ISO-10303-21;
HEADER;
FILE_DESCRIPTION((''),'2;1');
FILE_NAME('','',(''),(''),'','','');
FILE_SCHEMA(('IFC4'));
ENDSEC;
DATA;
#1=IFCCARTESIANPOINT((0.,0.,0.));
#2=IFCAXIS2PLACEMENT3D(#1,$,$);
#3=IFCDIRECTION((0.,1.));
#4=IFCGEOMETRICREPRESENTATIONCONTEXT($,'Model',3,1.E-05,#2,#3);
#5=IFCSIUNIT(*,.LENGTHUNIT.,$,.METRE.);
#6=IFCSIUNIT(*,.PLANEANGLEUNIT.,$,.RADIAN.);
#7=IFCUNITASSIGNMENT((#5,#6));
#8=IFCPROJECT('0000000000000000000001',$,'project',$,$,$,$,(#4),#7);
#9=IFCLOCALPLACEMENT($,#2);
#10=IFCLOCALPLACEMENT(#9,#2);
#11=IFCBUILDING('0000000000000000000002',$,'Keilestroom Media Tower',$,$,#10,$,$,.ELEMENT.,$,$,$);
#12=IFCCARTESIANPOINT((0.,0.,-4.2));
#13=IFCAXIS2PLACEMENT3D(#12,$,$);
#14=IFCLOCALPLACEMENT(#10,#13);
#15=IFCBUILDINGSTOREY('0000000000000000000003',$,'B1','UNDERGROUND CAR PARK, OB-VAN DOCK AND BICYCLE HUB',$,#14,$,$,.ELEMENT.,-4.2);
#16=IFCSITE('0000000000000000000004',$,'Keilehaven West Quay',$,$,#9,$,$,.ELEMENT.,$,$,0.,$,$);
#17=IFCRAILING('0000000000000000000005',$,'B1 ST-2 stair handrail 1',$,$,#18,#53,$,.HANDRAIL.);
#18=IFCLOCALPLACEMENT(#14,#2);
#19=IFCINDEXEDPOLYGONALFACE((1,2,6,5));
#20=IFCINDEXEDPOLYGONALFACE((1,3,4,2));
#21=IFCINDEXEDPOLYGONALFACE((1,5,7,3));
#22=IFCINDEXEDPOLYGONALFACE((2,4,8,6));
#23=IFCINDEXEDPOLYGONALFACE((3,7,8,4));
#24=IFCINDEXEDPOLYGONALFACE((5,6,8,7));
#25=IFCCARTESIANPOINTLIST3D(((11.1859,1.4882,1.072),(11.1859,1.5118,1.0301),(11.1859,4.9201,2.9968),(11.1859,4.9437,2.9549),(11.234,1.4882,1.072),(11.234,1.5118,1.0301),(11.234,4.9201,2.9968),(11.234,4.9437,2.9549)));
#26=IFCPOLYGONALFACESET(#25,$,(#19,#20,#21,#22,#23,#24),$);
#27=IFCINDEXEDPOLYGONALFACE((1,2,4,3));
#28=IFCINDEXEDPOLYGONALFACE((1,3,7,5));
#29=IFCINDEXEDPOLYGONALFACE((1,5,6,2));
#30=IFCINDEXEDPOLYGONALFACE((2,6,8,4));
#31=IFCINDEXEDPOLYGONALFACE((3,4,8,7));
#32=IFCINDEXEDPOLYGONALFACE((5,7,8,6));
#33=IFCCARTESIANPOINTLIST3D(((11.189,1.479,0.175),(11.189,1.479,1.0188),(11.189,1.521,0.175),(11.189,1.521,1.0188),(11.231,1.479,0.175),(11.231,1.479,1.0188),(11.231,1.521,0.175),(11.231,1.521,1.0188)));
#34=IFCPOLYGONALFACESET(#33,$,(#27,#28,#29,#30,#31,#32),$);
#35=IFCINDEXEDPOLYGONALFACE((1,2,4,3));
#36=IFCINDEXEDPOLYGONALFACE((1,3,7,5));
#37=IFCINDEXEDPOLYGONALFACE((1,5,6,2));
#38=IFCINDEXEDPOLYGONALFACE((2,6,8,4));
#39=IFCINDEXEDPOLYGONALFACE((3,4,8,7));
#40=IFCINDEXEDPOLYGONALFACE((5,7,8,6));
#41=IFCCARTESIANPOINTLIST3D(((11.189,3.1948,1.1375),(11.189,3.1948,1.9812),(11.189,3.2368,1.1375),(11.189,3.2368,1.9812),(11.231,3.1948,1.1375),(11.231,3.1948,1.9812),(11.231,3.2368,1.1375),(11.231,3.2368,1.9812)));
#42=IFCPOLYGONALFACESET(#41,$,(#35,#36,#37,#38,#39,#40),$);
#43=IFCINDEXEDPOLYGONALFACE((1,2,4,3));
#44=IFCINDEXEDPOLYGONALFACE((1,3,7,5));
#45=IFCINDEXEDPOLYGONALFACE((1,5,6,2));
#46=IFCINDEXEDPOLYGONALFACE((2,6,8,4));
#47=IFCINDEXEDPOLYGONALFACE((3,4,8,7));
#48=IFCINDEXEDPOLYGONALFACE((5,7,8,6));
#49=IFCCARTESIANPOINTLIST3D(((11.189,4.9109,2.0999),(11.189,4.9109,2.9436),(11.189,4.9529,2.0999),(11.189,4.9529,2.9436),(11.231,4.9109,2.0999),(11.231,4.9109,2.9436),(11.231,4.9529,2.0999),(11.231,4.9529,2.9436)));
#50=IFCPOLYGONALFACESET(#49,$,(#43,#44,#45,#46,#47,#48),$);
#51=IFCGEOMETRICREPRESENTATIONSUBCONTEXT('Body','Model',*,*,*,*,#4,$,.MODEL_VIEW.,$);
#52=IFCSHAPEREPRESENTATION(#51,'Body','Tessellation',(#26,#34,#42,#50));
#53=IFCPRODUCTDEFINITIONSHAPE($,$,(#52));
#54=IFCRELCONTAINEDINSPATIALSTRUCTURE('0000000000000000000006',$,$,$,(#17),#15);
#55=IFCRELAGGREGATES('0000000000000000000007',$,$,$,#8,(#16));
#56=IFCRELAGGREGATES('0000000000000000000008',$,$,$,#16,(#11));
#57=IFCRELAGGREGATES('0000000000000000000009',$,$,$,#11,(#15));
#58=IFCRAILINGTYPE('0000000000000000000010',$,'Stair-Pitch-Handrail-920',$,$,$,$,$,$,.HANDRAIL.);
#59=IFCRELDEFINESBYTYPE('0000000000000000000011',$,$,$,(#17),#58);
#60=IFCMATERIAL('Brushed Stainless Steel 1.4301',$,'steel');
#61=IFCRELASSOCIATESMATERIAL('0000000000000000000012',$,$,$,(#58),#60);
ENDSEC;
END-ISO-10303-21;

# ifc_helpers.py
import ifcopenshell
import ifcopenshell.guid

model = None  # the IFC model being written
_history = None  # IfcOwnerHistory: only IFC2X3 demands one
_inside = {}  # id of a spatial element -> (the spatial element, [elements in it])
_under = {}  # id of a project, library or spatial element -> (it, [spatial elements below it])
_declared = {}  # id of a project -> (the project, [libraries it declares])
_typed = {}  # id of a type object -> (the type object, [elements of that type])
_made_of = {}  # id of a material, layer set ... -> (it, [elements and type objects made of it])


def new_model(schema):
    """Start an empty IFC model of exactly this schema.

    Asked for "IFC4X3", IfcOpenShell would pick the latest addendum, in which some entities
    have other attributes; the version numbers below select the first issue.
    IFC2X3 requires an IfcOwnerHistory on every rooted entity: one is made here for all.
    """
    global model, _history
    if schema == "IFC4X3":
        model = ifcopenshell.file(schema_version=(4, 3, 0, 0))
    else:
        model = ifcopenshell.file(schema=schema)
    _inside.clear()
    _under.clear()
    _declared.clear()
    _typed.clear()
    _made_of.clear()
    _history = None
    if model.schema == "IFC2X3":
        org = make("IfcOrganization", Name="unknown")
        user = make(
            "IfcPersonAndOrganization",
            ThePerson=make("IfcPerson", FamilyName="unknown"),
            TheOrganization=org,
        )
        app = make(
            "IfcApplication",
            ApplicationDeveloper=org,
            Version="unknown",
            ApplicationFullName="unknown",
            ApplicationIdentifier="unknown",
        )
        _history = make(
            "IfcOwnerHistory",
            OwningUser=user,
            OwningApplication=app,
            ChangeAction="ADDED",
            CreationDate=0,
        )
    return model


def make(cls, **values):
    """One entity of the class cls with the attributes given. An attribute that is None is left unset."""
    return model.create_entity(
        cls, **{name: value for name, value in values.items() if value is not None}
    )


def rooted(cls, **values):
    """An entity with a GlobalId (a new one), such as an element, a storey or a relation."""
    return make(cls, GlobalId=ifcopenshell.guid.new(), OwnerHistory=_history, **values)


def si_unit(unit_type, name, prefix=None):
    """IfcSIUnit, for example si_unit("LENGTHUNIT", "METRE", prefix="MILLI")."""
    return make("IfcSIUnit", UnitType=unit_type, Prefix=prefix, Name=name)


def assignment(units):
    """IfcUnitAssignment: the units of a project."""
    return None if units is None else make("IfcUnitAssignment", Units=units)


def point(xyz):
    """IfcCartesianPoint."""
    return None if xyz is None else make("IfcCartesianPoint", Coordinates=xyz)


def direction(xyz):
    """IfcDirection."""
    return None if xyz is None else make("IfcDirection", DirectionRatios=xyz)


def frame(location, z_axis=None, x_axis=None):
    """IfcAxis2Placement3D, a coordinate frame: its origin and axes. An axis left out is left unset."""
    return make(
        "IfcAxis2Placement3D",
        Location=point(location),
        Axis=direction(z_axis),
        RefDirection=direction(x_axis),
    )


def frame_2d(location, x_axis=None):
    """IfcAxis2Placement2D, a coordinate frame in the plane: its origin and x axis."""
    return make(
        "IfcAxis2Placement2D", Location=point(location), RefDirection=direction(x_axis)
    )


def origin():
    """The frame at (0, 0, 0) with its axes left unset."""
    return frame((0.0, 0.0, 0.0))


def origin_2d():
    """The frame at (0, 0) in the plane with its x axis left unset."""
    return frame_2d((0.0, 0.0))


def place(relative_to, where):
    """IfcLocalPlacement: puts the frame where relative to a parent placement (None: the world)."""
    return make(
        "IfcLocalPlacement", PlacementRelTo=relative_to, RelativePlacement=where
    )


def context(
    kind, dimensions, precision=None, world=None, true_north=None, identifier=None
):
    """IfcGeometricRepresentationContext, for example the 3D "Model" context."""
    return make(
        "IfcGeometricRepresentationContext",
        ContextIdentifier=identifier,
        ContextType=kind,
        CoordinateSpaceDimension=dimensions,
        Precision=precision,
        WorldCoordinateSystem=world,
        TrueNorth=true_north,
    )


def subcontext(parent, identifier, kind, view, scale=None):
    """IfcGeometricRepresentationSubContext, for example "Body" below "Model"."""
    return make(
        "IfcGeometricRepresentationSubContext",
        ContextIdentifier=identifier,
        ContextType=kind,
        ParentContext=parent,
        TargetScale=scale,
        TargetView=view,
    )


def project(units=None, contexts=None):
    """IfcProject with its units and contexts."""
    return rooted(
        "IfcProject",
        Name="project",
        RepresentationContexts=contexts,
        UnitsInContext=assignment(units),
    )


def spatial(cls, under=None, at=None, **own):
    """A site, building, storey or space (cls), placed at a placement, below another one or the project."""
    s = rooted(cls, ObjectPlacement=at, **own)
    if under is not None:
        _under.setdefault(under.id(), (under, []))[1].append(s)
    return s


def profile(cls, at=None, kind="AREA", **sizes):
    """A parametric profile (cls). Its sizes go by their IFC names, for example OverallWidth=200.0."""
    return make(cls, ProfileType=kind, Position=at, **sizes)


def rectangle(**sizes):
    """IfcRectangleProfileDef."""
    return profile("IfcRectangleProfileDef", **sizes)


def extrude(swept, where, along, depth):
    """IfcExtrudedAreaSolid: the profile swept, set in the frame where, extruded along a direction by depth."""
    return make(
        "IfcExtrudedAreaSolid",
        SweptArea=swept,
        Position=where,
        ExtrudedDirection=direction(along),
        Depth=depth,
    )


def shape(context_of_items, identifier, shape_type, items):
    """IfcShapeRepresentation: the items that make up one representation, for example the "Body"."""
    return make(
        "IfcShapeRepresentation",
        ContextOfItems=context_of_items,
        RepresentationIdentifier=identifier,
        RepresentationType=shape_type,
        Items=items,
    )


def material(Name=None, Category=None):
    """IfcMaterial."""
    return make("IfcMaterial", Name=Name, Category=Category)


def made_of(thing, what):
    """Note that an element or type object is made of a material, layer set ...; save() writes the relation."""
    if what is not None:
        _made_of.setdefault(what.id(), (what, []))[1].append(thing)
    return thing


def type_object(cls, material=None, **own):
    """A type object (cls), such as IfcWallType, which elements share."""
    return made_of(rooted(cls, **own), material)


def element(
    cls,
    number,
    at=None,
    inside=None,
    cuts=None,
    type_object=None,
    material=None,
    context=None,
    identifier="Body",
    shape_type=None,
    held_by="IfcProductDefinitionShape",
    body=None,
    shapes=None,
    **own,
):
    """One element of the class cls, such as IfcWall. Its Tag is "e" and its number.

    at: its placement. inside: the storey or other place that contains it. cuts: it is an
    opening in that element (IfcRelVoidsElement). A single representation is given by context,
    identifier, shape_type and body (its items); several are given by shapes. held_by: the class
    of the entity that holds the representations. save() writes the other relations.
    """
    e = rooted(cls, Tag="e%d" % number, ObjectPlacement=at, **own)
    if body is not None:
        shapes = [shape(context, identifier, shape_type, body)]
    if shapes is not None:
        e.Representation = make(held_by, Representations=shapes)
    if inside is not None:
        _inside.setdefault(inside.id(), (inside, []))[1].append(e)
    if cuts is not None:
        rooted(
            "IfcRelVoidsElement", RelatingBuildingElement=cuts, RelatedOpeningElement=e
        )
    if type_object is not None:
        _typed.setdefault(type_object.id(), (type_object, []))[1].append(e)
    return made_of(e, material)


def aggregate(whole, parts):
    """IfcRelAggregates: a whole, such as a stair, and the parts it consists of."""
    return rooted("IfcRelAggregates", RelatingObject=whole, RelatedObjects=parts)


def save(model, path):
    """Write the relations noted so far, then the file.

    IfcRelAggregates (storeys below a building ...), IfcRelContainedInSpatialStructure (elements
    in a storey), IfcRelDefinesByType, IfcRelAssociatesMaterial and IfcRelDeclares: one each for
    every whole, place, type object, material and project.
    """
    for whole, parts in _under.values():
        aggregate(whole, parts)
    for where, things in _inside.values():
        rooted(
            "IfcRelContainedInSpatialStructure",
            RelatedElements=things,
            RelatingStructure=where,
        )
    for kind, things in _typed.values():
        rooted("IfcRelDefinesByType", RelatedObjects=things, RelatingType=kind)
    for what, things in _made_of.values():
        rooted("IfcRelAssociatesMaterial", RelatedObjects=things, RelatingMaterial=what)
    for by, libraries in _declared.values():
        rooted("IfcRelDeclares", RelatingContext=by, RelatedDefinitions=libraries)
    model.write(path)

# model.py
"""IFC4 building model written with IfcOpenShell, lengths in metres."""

from ifc_helpers import new_model, si_unit, direction, frame, origin, origin_2d, place, context, subcontext, project, spatial, rectangle, extrude, material, type_object, element, save


model = new_model("IFC4")

# Units and contexts
model_context = context("Model", 3, precision=1e-05, world=origin(), true_north=direction((0.0, 1.0)))
body_context = subcontext(model_context, "Body", "Model", "MODEL_VIEW")
ifc_project = project(units=[si_unit("LENGTHUNIT", "METRE"), si_unit("PLANEANGLEUNIT", "RADIAN")], contexts=[model_context])

# Site, building, storey
site_placement = place(None, origin())
site = spatial("IfcSite", under=ifc_project, at=site_placement, Name="Keilehaven West Quay", CompositionType="ELEMENT", RefElevation=0.0)
building_placement = place(site_placement, origin())
building = spatial("IfcBuilding", under=site, at=building_placement, Name="Keilestroom Media Tower", CompositionType="ELEMENT")
storey_placement = place(building_placement, frame((0.0, 0.0, -4.2)))
storey = spatial("IfcBuildingStorey", under=building, at=storey_placement, Name="B1", Description="UNDERGROUND CAR PARK, OB-VAN DOCK AND BICYCLE HUB", CompositionType="ELEMENT", Elevation=-4.2)

# Railing
ifc_material_1 = material(Name="Brushed Stainless Steel 1.4301", Category="steel")
railing_type = type_object("IfcRailingType", Name="Stair-Pitch-Handrail-920", PredefinedType="HANDRAIL", material=ifc_material_1)
railing_placement = place(storey_placement, frame((11.21, 1.5, 0.175)))
element("IfcRailing", 1, at=railing_placement, inside=storey, type_object=railing_type, Name="B1 ST-2 stair handrail 1", PredefinedType="HANDRAIL", context=body_context, shape_type="SweptSolid", body=[
    extrude(rectangle(XDim=0.0481, YDim=0.0481, at=origin_2d()), frame((0.0, 0.0, 0.876), z_axis=(0.0, 0.872186, 0.489174), x_axis=(-1.0, 0.0, 0.0)), (0.0, 0.0, 1.0), 3.9348),
    extrude(rectangle(XDim=0.042, YDim=0.042, at=origin_2d()), origin(), (0.0, 0.0, 1.0), 0.8438),
    extrude(rectangle(XDim=0.042, YDim=0.042, at=origin_2d()), frame((0.0, 1.7158, 0.9624)), (0.0, 0.0, 1.0), 0.8438),
    extrude(rectangle(XDim=0.042, YDim=0.042, at=origin_2d()), frame((0.0, 3.4319, 1.9248)), (0.0, 0.0, 1.0), 0.8438),
])

save(model, "model.ifc")
